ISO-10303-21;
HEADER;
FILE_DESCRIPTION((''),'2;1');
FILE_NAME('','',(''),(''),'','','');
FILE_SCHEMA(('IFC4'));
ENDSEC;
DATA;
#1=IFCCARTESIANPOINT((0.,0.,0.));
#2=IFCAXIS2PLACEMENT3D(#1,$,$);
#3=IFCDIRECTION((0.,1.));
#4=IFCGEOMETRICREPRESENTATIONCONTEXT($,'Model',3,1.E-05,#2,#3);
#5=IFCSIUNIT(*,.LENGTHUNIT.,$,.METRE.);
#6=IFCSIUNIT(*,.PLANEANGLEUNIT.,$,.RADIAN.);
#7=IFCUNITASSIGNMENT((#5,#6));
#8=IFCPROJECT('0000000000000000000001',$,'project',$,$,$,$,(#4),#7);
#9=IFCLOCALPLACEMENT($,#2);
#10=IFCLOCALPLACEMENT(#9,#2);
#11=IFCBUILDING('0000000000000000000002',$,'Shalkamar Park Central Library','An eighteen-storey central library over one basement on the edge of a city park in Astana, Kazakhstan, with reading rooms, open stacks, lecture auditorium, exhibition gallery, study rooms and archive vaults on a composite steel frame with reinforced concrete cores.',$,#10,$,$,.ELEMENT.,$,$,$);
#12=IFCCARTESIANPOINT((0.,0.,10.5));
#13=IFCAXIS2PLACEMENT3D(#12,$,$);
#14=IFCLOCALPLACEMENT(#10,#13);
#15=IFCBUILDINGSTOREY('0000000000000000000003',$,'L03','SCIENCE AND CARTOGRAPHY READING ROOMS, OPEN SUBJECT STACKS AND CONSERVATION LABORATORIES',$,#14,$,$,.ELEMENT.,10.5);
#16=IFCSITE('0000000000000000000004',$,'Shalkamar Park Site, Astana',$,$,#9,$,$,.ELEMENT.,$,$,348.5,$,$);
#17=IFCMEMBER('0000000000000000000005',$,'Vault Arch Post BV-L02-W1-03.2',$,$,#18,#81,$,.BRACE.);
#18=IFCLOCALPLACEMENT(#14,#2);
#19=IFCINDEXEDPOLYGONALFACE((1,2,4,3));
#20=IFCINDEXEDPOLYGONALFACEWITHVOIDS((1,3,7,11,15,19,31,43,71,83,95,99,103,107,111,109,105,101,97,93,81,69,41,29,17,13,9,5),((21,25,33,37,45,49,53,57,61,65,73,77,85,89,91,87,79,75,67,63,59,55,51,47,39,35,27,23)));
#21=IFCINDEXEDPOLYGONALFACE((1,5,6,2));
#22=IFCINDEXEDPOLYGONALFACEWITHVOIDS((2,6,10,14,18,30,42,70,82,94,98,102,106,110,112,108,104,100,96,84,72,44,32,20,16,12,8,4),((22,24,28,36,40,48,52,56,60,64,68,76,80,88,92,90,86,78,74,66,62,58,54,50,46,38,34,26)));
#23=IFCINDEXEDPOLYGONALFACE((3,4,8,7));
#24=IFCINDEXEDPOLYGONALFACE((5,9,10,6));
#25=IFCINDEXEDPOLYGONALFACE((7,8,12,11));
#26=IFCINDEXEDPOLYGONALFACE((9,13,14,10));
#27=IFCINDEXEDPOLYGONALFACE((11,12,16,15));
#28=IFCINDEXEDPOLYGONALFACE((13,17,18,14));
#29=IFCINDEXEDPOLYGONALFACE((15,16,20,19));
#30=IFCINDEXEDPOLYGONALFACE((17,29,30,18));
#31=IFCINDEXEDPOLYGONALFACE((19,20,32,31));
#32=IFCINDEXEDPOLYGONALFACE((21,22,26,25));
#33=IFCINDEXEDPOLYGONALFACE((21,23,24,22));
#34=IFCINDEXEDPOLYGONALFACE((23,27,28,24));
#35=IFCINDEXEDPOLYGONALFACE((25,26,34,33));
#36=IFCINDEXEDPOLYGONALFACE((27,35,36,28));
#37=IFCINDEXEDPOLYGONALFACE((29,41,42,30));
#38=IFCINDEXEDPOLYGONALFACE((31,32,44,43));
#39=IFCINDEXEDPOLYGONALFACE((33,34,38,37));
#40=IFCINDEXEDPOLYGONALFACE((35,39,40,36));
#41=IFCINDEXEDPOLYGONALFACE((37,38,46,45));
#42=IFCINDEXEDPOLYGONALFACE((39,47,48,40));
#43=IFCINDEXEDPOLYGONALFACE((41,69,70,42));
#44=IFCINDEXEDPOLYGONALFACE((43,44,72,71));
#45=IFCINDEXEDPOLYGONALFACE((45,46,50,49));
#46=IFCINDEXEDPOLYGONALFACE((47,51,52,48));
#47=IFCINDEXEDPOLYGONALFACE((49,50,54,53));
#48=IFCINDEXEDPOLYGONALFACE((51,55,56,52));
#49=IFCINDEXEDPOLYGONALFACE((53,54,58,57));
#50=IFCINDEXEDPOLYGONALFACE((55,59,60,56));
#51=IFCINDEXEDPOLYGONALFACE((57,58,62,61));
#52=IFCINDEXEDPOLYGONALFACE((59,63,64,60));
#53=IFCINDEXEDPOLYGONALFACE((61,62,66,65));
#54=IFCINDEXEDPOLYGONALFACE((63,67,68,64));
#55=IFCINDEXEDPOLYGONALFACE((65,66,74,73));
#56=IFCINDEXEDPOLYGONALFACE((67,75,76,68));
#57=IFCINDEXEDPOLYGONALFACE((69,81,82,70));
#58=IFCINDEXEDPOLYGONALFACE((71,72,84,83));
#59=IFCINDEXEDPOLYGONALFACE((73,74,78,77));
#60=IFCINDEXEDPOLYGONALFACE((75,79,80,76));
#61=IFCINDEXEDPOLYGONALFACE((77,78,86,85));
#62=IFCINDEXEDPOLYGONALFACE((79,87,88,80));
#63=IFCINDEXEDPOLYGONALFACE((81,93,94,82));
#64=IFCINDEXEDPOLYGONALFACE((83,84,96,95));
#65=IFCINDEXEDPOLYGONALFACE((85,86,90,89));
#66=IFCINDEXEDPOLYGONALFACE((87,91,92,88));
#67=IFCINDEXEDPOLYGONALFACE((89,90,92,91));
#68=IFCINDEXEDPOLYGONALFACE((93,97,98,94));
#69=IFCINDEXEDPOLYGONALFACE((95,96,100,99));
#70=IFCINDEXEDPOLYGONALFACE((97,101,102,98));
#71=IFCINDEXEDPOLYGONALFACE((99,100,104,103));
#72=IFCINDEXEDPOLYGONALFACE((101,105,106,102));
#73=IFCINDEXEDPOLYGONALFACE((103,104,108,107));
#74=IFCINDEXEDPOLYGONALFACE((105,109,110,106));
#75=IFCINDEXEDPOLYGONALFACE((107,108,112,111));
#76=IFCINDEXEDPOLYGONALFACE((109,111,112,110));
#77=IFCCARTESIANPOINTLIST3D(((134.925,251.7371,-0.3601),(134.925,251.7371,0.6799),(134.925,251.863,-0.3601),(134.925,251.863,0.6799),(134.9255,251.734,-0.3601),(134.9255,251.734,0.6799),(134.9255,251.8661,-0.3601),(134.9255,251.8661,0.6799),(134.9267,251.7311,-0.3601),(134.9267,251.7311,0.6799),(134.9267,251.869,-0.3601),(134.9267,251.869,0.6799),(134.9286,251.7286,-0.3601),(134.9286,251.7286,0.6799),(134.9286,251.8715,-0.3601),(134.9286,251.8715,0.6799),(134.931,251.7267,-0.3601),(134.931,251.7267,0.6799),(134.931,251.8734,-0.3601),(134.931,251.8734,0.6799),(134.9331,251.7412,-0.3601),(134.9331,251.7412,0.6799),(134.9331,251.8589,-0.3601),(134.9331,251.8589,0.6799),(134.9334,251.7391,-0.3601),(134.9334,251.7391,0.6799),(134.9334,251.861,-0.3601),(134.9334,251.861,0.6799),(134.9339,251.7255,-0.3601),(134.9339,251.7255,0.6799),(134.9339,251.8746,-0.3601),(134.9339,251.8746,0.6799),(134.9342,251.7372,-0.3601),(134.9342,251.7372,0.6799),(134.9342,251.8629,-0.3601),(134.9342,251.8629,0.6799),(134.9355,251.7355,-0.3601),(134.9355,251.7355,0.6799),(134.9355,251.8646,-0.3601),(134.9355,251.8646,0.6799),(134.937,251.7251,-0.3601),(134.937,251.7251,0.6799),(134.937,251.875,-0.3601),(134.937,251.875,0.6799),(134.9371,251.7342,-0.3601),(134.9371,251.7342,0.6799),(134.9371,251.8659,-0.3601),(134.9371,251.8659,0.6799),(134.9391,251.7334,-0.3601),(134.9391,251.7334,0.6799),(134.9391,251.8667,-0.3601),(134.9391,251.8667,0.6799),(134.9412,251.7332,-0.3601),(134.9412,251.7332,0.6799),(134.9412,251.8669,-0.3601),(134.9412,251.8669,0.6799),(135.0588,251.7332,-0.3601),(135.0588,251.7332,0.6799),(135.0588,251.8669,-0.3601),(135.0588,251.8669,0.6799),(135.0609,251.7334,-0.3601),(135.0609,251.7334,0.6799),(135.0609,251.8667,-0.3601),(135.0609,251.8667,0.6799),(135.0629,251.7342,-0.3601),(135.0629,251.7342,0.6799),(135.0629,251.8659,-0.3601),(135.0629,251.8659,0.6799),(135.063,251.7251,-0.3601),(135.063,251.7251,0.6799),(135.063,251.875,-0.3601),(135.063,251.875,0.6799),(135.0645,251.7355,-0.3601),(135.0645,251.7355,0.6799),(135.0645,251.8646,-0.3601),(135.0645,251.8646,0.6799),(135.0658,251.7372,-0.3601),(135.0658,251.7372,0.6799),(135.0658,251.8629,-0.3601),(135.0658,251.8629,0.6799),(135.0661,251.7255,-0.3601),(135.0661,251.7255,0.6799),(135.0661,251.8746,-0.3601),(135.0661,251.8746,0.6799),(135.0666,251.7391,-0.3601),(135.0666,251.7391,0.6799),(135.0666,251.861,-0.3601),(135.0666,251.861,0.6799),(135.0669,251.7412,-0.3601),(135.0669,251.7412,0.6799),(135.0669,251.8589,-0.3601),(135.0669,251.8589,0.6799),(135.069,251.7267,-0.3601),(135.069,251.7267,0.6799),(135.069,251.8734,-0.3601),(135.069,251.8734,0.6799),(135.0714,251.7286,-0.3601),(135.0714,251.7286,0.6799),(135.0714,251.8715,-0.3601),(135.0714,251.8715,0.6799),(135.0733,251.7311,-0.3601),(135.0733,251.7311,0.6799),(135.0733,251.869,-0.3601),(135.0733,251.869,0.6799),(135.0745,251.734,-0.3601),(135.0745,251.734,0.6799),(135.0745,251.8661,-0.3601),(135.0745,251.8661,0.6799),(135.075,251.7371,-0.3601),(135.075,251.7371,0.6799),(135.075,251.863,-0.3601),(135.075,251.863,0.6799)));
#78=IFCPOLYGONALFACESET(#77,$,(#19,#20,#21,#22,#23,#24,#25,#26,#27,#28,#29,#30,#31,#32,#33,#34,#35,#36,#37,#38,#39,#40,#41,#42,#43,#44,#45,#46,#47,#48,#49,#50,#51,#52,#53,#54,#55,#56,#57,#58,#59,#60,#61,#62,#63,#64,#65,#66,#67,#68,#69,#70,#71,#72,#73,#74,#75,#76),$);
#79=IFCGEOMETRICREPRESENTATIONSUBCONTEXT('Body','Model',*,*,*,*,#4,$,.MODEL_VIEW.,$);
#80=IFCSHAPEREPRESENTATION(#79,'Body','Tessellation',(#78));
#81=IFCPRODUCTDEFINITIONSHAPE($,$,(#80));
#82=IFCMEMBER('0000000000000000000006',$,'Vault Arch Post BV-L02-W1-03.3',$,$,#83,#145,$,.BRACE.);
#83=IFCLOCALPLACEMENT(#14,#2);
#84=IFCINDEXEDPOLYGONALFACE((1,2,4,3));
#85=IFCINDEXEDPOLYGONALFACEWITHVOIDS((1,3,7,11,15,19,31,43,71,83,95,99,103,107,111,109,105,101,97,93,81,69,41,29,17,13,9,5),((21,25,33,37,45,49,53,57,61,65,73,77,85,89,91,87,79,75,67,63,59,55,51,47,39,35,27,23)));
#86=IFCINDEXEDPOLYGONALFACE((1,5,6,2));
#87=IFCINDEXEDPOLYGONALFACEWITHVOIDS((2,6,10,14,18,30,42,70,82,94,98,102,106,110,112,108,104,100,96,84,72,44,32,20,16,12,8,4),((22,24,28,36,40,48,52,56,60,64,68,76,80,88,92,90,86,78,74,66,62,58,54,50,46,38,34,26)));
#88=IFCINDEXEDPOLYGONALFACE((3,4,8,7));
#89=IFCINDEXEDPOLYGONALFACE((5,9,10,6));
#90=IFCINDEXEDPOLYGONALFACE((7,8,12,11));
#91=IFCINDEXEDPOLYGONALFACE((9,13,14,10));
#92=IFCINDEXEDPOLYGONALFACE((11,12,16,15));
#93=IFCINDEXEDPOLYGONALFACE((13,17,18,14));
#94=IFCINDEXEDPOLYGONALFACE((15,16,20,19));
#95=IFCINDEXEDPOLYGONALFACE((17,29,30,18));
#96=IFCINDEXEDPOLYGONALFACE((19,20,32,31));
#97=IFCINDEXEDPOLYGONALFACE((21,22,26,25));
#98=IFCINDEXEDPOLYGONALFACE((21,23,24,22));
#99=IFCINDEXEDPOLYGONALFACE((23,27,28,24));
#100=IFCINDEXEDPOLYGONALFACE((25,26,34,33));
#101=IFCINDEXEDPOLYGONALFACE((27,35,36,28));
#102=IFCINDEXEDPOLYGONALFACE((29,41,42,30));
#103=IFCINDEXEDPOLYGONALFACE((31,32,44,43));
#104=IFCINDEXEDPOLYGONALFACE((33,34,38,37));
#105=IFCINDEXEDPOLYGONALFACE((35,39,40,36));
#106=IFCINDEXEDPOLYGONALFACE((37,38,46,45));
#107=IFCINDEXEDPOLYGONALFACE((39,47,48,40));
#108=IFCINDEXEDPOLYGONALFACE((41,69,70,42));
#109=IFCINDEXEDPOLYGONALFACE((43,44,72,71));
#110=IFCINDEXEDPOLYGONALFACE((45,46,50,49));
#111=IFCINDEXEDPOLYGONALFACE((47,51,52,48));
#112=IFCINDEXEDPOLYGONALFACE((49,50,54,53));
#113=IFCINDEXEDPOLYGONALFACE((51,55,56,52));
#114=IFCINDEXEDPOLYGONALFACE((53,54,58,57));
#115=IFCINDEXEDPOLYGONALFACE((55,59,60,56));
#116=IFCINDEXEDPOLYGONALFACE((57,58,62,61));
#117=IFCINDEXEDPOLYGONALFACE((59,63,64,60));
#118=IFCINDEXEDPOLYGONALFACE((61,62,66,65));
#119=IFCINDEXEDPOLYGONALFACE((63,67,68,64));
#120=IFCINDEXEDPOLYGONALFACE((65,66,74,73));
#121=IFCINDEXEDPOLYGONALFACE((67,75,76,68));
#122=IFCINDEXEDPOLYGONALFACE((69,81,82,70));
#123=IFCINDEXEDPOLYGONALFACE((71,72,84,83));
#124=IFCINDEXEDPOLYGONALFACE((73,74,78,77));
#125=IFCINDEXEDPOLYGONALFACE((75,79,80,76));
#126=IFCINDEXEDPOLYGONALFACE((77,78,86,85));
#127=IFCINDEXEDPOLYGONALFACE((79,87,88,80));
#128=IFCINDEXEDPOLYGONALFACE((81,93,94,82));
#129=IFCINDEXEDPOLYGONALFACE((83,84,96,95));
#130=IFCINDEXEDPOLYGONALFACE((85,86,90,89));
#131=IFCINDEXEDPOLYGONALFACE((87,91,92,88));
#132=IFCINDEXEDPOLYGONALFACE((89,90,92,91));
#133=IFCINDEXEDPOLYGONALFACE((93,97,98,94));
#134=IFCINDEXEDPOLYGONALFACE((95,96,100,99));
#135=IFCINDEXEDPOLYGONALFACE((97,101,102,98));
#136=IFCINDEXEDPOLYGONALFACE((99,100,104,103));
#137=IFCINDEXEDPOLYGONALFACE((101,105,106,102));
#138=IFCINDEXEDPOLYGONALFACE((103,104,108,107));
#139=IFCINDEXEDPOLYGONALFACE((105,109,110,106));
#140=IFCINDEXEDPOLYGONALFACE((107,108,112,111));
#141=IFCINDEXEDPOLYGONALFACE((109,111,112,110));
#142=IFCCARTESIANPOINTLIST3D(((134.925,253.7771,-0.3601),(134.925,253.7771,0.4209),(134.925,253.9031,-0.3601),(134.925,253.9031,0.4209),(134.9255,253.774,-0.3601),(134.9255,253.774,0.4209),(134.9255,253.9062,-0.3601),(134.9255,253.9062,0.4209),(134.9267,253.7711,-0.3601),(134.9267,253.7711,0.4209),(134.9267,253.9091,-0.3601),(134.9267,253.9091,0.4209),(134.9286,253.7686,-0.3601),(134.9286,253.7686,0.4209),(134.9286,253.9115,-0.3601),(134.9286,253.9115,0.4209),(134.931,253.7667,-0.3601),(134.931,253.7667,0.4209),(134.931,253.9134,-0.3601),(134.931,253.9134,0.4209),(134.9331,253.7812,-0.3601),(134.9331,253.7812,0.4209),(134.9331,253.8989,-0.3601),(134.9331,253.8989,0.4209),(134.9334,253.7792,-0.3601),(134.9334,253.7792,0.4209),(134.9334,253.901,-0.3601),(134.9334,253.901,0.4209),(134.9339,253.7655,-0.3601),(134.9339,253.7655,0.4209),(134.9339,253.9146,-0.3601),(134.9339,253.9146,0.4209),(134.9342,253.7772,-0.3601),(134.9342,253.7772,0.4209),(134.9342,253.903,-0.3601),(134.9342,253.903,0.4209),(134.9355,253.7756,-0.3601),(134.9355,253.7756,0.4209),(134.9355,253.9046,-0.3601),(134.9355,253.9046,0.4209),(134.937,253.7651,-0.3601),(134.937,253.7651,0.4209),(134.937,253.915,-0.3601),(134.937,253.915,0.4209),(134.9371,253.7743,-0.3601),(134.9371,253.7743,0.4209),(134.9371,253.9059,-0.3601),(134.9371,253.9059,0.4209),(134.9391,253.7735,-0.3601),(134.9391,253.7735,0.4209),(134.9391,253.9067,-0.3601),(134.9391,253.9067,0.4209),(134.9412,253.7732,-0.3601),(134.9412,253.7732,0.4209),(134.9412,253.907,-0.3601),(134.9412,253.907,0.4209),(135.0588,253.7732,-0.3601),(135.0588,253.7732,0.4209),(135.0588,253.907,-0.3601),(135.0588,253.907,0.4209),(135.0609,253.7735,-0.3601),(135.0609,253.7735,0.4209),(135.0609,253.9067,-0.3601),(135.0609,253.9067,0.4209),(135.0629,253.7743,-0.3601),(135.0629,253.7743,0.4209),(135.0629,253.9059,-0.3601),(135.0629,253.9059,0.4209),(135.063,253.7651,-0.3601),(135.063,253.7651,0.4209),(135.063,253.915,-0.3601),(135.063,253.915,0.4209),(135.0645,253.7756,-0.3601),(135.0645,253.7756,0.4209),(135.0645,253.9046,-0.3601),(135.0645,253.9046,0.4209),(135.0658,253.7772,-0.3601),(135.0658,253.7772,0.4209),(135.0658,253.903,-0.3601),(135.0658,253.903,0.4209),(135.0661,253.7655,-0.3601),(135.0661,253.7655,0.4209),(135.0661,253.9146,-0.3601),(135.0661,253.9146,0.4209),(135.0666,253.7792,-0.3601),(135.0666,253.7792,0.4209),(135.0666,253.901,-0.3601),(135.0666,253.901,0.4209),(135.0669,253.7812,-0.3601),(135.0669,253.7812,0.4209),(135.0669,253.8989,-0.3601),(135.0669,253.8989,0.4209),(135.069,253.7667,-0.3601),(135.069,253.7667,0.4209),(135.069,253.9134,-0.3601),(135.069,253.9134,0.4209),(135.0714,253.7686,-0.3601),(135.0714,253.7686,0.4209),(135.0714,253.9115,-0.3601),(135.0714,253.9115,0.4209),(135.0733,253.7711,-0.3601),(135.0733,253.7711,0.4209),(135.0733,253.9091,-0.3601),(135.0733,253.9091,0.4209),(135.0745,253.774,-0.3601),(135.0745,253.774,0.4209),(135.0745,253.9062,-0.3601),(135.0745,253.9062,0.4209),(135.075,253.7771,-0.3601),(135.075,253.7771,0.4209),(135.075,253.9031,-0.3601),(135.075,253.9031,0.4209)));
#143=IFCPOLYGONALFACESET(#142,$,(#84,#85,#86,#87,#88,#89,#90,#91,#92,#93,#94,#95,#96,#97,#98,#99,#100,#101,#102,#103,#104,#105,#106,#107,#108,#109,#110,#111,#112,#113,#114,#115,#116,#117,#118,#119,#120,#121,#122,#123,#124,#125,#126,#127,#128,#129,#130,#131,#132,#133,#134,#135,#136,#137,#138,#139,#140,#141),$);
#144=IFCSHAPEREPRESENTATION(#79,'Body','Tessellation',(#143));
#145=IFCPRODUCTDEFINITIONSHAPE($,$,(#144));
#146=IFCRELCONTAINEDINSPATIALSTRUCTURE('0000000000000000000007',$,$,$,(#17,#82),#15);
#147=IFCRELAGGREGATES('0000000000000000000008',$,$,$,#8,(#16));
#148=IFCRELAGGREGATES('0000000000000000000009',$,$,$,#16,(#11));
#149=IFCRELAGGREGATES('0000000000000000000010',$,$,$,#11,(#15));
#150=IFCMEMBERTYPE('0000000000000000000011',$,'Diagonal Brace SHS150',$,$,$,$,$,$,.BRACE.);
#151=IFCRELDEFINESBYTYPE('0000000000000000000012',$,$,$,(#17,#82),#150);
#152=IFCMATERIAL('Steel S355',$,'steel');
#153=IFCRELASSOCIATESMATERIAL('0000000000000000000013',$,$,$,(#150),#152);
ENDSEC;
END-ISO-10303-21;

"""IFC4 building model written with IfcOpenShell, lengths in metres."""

from ifc_helpers import new_model, si_unit, direction, frame, origin, origin_2d, place, context, subcontext, project, spatial, hollow_rectangle, extrude, material, material_profile, profile_set, type_object, element, save


model = new_model("IFC4")

# Units and contexts
model_context = context("Model", 3, precision=1e-05, world=origin(), true_north=direction((0.0, 1.0)))
body_context = subcontext(model_context, "Body", "Model", "MODEL_VIEW")
ifc_project = project(units=[si_unit("LENGTHUNIT", "METRE"), si_unit("PLANEANGLEUNIT", "RADIAN")], contexts=[model_context])

# Site, building, storey
site_placement = place(None, origin())
site = spatial("IfcSite", under=ifc_project, at=site_placement, Name="Shalkamar Park Site, Astana", CompositionType="ELEMENT", RefElevation=348.5)
building_placement = place(site_placement, origin())
building = spatial("IfcBuilding", under=site, at=building_placement, Name="Shalkamar Park Central Library", Description="An eighteen-storey central library over one basement on the edge of a city park in Astana, Kazakhstan, with reading rooms, open stacks, lecture auditorium, exhibition gallery, study rooms and archive vaults on a composite steel frame with reinforced concrete cores.", CompositionType="ELEMENT")
storey_placement = place(building_placement, frame((0.0, 0.0, 10.5)))
storey = spatial("IfcBuildingStorey", under=building, at=storey_placement, Name="L03", Description="SCIENCE AND CARTOGRAPHY READING ROOMS, OPEN SUBJECT STACKS AND CONSERVATION LABORATORIES", CompositionType="ELEMENT", Elevation=10.5)

# Members
ifc_material_1 = material(Name="Steel S355", Category="steel")
ifc_material_profile_1 = material_profile(ifc_material_1, hollow_rectangle(XDim=0.1499, YDim=0.1499, WallThickness=0.0081, InnerFilletRadius=0.0081, OuterFilletRadius=0.012, at=origin_2d()), Name="SHS 150x150x8")
ifc_profile_set_1 = profile_set([ifc_material_profile_1], Name="Steel S355")
member_type_1 = type_object("IfcMemberType", Name="Diagonal Brace SHS150", PredefinedType="BRACE", material=ifc_profile_set_1)
member_1_placement = place(storey_placement, frame((135.0, 251.8, -0.3601), z_axis=(0.0, 0.0, 1.0), x_axis=(1.0, 0.0, 0.0)))
element("IfcMember", 1, at=member_1_placement, inside=storey, type_object=member_type_1, Name="Vault Arch Post BV-L02-W1-03.2", PredefinedType="BRACE", context=body_context, shape_type="SweptSolid", body=[
    extrude(hollow_rectangle(XDim=0.1499, YDim=0.1499, WallThickness=0.0081, InnerFilletRadius=0.0081, OuterFilletRadius=0.012, at=origin_2d()), origin(), (0.0, 0.0, 1.0), 1.04),
])
member_2_placement = place(storey_placement, frame((135.0, 253.8401, -0.3601), z_axis=(0.0, 0.0, 1.0), x_axis=(1.0, 0.0, 0.0)))
element("IfcMember", 2, at=member_2_placement, inside=storey, type_object=member_type_1, Name="Vault Arch Post BV-L02-W1-03.3", PredefinedType="BRACE", context=body_context, shape_type="SweptSolid", body=[
    extrude(hollow_rectangle(XDim=0.1499, YDim=0.1499, WallThickness=0.0081, InnerFilletRadius=0.0081, OuterFilletRadius=0.012, at=origin_2d()), origin(), (0.0, 0.0, 1.0), 0.781),
])

save(model, "model.ifc")
